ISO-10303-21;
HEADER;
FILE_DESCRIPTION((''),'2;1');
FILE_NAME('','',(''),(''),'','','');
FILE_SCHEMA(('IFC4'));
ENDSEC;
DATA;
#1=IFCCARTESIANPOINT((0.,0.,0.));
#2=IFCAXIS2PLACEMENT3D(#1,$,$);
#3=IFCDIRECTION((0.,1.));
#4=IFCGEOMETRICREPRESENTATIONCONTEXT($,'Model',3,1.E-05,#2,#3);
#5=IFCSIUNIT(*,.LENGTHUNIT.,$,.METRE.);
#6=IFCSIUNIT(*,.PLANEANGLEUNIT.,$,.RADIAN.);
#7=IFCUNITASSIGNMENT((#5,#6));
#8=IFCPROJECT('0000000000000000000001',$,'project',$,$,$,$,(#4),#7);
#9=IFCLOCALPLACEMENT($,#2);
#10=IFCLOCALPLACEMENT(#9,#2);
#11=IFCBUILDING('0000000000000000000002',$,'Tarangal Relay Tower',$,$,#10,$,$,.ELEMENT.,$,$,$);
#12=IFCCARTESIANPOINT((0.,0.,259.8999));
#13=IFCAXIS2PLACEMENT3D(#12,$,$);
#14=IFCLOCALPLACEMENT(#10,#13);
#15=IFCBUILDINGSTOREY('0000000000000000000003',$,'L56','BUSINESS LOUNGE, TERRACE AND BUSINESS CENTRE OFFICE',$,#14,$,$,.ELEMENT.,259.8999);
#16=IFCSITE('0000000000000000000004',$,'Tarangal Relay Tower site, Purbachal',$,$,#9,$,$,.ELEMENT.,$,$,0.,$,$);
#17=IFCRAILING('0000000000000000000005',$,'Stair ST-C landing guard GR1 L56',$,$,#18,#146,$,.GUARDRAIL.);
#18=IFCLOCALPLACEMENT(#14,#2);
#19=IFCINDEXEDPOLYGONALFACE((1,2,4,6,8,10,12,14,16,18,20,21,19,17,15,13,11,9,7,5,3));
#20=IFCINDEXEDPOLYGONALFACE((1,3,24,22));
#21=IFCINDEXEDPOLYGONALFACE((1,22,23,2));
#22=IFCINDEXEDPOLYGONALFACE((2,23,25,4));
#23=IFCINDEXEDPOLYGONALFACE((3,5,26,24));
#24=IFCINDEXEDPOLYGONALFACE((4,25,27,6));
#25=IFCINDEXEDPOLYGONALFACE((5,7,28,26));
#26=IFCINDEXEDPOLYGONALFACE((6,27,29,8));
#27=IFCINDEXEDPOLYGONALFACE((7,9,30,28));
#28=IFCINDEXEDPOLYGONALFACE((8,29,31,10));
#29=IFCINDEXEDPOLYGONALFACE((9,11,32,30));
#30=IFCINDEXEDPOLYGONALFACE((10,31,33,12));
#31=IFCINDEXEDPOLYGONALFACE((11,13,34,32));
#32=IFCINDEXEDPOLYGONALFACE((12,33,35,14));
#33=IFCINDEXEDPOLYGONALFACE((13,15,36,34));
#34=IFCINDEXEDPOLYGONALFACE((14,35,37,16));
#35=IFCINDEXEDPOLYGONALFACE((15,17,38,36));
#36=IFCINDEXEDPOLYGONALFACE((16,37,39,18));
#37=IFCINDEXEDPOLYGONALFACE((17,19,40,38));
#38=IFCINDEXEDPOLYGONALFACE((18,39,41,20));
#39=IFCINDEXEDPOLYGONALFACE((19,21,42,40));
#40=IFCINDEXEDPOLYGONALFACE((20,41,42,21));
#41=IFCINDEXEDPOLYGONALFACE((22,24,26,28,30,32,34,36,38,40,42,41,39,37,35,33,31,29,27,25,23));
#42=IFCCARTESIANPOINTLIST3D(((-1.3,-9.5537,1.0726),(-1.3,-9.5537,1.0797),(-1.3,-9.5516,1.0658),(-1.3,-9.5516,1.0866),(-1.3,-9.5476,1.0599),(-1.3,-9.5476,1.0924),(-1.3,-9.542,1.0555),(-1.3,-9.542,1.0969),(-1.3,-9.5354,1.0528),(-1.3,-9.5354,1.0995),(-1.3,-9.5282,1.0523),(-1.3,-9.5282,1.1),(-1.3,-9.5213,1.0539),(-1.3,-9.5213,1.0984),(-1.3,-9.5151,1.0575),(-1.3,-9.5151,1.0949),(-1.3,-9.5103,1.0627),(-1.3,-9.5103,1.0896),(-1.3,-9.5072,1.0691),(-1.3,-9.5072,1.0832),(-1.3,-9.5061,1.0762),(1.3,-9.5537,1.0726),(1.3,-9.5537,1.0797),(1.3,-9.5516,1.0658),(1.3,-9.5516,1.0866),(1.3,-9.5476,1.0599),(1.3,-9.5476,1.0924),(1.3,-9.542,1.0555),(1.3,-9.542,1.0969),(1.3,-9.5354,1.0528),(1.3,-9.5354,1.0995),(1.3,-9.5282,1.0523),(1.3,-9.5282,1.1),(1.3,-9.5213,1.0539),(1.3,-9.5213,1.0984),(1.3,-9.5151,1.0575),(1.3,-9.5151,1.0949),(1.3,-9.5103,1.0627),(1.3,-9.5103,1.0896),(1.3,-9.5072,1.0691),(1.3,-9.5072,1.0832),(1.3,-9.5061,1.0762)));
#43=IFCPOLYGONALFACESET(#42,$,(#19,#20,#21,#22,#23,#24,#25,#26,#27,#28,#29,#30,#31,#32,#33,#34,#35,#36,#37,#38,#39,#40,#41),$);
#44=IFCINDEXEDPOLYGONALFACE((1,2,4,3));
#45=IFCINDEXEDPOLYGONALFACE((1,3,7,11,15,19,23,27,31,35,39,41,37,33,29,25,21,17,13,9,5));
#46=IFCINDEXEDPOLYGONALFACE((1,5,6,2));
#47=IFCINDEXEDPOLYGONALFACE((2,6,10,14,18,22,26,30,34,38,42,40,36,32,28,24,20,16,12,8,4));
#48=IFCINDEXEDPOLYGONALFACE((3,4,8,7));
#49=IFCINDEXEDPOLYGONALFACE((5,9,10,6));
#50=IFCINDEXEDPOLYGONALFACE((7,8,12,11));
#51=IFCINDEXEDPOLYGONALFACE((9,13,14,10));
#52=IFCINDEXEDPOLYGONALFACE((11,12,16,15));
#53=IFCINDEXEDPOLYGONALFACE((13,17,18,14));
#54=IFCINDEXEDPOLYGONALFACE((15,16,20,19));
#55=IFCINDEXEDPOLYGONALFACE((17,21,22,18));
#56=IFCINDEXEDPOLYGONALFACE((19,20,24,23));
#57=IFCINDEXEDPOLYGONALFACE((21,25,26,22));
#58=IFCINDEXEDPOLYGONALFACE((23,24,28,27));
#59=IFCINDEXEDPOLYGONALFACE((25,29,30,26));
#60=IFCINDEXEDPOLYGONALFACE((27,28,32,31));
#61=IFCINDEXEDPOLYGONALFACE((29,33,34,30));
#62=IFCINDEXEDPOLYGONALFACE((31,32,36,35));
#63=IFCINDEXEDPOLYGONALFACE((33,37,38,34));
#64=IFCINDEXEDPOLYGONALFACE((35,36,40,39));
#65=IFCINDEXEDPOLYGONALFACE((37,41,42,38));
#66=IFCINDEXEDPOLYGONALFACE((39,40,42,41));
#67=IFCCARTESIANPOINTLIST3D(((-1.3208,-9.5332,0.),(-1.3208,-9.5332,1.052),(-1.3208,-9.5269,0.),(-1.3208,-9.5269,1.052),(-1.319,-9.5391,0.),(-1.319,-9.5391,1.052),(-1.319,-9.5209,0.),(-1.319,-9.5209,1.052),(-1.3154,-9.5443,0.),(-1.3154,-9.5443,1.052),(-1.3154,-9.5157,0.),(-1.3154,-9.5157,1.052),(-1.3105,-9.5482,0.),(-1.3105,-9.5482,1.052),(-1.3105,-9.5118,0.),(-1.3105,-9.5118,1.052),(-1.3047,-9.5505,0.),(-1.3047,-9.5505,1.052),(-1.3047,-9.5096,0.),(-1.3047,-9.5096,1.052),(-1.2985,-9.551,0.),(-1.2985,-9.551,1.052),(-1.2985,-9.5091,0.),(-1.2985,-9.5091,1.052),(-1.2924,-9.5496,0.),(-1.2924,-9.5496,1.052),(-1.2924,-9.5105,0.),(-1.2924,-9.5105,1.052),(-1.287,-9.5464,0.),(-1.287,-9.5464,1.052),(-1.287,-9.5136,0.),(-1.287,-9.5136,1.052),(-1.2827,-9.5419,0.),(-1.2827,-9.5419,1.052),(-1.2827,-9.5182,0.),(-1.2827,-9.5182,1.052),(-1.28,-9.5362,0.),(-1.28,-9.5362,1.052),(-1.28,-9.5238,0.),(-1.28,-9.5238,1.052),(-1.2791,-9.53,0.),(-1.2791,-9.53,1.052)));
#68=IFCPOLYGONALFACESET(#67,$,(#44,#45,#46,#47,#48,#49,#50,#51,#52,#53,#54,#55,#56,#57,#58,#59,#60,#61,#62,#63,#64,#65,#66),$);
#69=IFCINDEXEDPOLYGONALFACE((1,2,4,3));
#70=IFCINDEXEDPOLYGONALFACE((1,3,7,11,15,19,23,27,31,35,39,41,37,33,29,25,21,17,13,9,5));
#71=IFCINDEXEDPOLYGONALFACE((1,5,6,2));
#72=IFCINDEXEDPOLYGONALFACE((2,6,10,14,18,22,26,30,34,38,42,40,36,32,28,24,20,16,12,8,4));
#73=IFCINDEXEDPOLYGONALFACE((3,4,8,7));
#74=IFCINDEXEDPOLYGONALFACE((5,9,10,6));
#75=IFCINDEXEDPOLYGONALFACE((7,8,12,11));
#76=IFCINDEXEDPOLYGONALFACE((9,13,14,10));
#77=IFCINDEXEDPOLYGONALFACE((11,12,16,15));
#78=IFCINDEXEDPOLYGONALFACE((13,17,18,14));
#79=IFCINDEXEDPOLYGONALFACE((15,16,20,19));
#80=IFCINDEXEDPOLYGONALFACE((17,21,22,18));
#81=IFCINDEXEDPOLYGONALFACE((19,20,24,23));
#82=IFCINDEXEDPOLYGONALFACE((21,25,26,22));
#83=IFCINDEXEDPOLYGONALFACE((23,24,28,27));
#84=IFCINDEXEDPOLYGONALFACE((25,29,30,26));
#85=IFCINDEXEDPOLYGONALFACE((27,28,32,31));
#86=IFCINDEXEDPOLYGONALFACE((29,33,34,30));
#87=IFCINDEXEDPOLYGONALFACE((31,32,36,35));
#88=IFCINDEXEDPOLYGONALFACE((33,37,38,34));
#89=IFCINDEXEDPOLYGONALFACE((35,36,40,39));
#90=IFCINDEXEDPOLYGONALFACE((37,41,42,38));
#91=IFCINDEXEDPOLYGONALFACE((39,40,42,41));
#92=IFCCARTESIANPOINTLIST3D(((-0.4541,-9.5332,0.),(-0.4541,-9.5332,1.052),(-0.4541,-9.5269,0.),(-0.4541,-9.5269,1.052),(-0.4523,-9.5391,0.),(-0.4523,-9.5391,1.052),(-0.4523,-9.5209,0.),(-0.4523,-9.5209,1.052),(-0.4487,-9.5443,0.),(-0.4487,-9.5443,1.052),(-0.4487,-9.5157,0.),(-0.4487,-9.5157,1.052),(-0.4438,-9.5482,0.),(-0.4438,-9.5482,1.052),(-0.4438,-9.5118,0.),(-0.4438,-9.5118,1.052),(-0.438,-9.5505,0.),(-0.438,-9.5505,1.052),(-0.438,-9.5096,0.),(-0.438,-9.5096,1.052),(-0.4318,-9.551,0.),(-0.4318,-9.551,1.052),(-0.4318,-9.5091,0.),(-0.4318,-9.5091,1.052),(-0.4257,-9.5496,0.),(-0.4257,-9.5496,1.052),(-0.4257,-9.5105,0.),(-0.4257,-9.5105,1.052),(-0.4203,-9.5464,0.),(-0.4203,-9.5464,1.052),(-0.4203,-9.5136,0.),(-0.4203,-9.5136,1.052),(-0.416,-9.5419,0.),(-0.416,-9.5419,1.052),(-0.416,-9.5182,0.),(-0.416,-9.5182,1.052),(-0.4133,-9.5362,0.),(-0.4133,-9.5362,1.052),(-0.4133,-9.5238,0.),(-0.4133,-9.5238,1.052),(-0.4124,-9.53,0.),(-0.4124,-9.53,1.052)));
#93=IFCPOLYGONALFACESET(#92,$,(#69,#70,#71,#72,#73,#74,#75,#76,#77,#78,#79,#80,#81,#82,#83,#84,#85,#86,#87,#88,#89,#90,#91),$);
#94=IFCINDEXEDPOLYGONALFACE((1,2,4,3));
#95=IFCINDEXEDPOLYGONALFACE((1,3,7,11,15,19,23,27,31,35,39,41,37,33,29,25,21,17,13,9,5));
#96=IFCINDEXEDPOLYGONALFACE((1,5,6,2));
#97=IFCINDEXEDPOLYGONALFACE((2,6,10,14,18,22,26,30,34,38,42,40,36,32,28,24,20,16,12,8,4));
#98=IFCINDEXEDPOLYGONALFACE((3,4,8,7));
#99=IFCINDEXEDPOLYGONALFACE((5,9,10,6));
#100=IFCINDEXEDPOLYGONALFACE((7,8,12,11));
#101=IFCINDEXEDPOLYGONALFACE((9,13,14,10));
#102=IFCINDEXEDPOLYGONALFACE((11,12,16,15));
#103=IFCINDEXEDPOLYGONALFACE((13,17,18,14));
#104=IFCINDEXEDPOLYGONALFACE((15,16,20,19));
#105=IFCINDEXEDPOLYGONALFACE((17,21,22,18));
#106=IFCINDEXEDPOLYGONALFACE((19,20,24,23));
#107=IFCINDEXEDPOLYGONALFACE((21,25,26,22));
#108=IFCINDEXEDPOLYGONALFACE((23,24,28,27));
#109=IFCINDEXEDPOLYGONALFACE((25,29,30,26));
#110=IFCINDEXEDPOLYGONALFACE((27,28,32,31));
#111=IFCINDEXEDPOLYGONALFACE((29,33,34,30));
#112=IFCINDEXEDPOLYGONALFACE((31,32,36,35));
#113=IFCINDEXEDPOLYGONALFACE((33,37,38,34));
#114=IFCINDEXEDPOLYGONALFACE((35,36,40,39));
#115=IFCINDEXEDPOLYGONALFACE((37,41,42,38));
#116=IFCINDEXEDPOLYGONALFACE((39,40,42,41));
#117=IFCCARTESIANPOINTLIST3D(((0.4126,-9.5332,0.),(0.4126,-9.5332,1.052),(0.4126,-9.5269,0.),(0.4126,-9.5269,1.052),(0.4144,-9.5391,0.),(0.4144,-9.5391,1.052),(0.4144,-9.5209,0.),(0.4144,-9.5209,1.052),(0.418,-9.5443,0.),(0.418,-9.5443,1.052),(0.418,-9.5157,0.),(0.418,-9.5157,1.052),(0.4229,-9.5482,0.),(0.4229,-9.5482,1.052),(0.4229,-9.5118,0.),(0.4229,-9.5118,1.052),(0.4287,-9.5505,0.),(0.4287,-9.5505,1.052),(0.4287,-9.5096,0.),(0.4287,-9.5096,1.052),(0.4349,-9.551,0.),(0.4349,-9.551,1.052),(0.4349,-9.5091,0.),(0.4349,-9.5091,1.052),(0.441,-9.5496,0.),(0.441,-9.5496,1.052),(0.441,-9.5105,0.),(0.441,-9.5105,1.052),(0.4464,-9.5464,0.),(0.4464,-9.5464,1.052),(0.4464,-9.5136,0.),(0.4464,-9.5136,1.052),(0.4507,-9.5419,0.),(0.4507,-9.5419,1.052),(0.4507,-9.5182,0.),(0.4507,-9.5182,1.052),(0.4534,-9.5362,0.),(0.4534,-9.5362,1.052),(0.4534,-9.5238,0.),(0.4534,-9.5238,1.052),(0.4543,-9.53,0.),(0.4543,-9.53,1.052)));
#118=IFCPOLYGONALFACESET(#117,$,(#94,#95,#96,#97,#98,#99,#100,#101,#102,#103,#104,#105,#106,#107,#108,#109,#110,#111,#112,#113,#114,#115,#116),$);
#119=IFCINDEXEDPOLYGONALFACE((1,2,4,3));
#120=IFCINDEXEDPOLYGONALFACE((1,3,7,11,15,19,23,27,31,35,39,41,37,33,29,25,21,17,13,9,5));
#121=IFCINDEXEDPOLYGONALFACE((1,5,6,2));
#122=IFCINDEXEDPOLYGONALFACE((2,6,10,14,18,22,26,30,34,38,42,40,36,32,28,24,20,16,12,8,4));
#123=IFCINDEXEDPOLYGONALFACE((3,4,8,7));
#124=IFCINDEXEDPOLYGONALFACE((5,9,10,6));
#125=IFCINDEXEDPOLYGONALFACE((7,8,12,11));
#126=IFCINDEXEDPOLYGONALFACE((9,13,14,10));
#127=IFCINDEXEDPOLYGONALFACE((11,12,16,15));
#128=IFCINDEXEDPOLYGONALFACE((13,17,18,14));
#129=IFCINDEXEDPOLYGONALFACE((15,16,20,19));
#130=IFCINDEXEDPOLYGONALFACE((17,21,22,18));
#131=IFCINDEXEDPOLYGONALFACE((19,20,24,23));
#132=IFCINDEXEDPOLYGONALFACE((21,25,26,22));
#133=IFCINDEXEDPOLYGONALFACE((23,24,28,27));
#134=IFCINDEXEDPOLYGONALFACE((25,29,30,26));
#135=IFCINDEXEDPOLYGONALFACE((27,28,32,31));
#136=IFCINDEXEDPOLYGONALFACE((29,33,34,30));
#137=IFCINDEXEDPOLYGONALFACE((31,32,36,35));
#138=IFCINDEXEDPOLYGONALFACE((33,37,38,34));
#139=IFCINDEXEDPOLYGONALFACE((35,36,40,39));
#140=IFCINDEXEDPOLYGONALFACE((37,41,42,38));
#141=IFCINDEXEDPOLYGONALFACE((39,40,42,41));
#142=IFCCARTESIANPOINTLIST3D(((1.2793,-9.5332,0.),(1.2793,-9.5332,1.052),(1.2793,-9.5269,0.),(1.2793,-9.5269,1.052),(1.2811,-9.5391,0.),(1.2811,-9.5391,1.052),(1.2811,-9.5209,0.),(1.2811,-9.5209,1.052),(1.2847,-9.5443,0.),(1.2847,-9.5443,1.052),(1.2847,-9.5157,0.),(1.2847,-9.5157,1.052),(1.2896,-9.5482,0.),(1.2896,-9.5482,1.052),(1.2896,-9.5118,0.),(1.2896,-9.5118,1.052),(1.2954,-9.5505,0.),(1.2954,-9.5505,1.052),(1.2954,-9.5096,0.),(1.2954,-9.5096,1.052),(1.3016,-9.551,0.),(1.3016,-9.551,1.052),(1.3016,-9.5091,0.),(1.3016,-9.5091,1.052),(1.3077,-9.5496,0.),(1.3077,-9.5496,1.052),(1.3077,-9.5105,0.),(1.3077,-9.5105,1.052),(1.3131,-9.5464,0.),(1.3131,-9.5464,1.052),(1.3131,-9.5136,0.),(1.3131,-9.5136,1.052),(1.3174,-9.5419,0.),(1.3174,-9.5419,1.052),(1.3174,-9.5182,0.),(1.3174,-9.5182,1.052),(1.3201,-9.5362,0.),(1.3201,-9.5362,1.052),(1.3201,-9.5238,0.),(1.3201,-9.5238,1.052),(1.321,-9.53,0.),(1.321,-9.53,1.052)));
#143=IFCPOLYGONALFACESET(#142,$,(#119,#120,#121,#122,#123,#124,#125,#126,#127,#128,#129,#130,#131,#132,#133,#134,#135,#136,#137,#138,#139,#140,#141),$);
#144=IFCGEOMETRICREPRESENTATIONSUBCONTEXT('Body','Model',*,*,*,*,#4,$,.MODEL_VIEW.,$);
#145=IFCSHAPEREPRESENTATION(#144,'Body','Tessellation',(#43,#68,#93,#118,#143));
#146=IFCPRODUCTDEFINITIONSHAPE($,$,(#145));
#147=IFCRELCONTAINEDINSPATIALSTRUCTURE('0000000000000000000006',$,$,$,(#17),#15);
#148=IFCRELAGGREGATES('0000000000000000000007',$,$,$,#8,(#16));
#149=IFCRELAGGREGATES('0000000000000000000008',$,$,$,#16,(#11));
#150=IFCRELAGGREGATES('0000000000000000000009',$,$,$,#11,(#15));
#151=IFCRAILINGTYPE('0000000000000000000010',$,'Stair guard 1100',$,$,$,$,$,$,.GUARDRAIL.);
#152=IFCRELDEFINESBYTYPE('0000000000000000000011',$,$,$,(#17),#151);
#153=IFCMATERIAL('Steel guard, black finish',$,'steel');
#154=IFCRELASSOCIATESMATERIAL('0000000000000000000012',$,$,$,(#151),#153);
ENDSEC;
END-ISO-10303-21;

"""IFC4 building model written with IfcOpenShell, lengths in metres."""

from ifc_helpers import new_model, si_unit, direction, frame, origin, origin_2d, place, context, subcontext, project, spatial, circle, extrude, material, type_object, element, save


model = new_model("IFC4")

# Units and contexts
model_context = context("Model", 3, precision=1e-05, world=origin(), true_north=direction((0.0, 1.0)))
body_context = subcontext(model_context, "Body", "Model", "MODEL_VIEW")
ifc_project = project(units=[si_unit("LENGTHUNIT", "METRE"), si_unit("PLANEANGLEUNIT", "RADIAN")], contexts=[model_context])

# Site, building, storey
site_placement = place(None, origin())
site = spatial("IfcSite", under=ifc_project, at=site_placement, Name="Tarangal Relay Tower site, Purbachal", CompositionType="ELEMENT", RefElevation=0.0)
building_placement = place(site_placement, origin())
building = spatial("IfcBuilding", under=site, at=building_placement, Name="Tarangal Relay Tower", CompositionType="ELEMENT")
storey_placement = place(building_placement, frame((0.0, 0.0, 259.8999)))
storey = spatial("IfcBuildingStorey", under=building, at=storey_placement, Name="L56", Description="BUSINESS LOUNGE, TERRACE AND BUSINESS CENTRE OFFICE", CompositionType="ELEMENT", Elevation=259.8999)

# Railing
ifc_material_1 = material(Name="Steel guard, black finish", Category="steel")
railing_type_1 = type_object("IfcRailingType", Name="Stair guard 1100", PredefinedType="GUARDRAIL", material=ifc_material_1)
railing_1_placement = place(storey_placement, frame((-1.3, -9.53, 0.0)))
element("IfcRailing", 1, at=railing_1_placement, inside=storey, type_object=railing_type_1, Name="Stair ST-C landing guard GR1 L56", PredefinedType="GUARDRAIL", context=body_context, shape_type="SweptSolid", body=[
    extrude(circle(Radius=0.0239, at=origin_2d()), frame((0.0, 0.0, 1.0762), z_axis=(1.0, 0.0, 0.0), x_axis=(0.0, 1.0, 0.0)), (0.0, 0.0, 1.0), 2.6001),
    extrude(circle(Radius=0.021, at=origin_2d()), origin(), (0.0, 0.0, 1.0), 1.052),
    extrude(circle(Radius=0.021, at=origin_2d()), frame((0.8667, 0.0, 0.0)), (0.0, 0.0, 1.0), 1.052),
    extrude(circle(Radius=0.021, at=origin_2d()), frame((1.7334, 0.0, 0.0)), (0.0, 0.0, 1.0), 1.052),
    extrude(circle(Radius=0.021, at=origin_2d()), frame((2.6001, 0.0, 0.0)), (0.0, 0.0, 1.0), 1.052),
])

save(model, "model.ifc")
